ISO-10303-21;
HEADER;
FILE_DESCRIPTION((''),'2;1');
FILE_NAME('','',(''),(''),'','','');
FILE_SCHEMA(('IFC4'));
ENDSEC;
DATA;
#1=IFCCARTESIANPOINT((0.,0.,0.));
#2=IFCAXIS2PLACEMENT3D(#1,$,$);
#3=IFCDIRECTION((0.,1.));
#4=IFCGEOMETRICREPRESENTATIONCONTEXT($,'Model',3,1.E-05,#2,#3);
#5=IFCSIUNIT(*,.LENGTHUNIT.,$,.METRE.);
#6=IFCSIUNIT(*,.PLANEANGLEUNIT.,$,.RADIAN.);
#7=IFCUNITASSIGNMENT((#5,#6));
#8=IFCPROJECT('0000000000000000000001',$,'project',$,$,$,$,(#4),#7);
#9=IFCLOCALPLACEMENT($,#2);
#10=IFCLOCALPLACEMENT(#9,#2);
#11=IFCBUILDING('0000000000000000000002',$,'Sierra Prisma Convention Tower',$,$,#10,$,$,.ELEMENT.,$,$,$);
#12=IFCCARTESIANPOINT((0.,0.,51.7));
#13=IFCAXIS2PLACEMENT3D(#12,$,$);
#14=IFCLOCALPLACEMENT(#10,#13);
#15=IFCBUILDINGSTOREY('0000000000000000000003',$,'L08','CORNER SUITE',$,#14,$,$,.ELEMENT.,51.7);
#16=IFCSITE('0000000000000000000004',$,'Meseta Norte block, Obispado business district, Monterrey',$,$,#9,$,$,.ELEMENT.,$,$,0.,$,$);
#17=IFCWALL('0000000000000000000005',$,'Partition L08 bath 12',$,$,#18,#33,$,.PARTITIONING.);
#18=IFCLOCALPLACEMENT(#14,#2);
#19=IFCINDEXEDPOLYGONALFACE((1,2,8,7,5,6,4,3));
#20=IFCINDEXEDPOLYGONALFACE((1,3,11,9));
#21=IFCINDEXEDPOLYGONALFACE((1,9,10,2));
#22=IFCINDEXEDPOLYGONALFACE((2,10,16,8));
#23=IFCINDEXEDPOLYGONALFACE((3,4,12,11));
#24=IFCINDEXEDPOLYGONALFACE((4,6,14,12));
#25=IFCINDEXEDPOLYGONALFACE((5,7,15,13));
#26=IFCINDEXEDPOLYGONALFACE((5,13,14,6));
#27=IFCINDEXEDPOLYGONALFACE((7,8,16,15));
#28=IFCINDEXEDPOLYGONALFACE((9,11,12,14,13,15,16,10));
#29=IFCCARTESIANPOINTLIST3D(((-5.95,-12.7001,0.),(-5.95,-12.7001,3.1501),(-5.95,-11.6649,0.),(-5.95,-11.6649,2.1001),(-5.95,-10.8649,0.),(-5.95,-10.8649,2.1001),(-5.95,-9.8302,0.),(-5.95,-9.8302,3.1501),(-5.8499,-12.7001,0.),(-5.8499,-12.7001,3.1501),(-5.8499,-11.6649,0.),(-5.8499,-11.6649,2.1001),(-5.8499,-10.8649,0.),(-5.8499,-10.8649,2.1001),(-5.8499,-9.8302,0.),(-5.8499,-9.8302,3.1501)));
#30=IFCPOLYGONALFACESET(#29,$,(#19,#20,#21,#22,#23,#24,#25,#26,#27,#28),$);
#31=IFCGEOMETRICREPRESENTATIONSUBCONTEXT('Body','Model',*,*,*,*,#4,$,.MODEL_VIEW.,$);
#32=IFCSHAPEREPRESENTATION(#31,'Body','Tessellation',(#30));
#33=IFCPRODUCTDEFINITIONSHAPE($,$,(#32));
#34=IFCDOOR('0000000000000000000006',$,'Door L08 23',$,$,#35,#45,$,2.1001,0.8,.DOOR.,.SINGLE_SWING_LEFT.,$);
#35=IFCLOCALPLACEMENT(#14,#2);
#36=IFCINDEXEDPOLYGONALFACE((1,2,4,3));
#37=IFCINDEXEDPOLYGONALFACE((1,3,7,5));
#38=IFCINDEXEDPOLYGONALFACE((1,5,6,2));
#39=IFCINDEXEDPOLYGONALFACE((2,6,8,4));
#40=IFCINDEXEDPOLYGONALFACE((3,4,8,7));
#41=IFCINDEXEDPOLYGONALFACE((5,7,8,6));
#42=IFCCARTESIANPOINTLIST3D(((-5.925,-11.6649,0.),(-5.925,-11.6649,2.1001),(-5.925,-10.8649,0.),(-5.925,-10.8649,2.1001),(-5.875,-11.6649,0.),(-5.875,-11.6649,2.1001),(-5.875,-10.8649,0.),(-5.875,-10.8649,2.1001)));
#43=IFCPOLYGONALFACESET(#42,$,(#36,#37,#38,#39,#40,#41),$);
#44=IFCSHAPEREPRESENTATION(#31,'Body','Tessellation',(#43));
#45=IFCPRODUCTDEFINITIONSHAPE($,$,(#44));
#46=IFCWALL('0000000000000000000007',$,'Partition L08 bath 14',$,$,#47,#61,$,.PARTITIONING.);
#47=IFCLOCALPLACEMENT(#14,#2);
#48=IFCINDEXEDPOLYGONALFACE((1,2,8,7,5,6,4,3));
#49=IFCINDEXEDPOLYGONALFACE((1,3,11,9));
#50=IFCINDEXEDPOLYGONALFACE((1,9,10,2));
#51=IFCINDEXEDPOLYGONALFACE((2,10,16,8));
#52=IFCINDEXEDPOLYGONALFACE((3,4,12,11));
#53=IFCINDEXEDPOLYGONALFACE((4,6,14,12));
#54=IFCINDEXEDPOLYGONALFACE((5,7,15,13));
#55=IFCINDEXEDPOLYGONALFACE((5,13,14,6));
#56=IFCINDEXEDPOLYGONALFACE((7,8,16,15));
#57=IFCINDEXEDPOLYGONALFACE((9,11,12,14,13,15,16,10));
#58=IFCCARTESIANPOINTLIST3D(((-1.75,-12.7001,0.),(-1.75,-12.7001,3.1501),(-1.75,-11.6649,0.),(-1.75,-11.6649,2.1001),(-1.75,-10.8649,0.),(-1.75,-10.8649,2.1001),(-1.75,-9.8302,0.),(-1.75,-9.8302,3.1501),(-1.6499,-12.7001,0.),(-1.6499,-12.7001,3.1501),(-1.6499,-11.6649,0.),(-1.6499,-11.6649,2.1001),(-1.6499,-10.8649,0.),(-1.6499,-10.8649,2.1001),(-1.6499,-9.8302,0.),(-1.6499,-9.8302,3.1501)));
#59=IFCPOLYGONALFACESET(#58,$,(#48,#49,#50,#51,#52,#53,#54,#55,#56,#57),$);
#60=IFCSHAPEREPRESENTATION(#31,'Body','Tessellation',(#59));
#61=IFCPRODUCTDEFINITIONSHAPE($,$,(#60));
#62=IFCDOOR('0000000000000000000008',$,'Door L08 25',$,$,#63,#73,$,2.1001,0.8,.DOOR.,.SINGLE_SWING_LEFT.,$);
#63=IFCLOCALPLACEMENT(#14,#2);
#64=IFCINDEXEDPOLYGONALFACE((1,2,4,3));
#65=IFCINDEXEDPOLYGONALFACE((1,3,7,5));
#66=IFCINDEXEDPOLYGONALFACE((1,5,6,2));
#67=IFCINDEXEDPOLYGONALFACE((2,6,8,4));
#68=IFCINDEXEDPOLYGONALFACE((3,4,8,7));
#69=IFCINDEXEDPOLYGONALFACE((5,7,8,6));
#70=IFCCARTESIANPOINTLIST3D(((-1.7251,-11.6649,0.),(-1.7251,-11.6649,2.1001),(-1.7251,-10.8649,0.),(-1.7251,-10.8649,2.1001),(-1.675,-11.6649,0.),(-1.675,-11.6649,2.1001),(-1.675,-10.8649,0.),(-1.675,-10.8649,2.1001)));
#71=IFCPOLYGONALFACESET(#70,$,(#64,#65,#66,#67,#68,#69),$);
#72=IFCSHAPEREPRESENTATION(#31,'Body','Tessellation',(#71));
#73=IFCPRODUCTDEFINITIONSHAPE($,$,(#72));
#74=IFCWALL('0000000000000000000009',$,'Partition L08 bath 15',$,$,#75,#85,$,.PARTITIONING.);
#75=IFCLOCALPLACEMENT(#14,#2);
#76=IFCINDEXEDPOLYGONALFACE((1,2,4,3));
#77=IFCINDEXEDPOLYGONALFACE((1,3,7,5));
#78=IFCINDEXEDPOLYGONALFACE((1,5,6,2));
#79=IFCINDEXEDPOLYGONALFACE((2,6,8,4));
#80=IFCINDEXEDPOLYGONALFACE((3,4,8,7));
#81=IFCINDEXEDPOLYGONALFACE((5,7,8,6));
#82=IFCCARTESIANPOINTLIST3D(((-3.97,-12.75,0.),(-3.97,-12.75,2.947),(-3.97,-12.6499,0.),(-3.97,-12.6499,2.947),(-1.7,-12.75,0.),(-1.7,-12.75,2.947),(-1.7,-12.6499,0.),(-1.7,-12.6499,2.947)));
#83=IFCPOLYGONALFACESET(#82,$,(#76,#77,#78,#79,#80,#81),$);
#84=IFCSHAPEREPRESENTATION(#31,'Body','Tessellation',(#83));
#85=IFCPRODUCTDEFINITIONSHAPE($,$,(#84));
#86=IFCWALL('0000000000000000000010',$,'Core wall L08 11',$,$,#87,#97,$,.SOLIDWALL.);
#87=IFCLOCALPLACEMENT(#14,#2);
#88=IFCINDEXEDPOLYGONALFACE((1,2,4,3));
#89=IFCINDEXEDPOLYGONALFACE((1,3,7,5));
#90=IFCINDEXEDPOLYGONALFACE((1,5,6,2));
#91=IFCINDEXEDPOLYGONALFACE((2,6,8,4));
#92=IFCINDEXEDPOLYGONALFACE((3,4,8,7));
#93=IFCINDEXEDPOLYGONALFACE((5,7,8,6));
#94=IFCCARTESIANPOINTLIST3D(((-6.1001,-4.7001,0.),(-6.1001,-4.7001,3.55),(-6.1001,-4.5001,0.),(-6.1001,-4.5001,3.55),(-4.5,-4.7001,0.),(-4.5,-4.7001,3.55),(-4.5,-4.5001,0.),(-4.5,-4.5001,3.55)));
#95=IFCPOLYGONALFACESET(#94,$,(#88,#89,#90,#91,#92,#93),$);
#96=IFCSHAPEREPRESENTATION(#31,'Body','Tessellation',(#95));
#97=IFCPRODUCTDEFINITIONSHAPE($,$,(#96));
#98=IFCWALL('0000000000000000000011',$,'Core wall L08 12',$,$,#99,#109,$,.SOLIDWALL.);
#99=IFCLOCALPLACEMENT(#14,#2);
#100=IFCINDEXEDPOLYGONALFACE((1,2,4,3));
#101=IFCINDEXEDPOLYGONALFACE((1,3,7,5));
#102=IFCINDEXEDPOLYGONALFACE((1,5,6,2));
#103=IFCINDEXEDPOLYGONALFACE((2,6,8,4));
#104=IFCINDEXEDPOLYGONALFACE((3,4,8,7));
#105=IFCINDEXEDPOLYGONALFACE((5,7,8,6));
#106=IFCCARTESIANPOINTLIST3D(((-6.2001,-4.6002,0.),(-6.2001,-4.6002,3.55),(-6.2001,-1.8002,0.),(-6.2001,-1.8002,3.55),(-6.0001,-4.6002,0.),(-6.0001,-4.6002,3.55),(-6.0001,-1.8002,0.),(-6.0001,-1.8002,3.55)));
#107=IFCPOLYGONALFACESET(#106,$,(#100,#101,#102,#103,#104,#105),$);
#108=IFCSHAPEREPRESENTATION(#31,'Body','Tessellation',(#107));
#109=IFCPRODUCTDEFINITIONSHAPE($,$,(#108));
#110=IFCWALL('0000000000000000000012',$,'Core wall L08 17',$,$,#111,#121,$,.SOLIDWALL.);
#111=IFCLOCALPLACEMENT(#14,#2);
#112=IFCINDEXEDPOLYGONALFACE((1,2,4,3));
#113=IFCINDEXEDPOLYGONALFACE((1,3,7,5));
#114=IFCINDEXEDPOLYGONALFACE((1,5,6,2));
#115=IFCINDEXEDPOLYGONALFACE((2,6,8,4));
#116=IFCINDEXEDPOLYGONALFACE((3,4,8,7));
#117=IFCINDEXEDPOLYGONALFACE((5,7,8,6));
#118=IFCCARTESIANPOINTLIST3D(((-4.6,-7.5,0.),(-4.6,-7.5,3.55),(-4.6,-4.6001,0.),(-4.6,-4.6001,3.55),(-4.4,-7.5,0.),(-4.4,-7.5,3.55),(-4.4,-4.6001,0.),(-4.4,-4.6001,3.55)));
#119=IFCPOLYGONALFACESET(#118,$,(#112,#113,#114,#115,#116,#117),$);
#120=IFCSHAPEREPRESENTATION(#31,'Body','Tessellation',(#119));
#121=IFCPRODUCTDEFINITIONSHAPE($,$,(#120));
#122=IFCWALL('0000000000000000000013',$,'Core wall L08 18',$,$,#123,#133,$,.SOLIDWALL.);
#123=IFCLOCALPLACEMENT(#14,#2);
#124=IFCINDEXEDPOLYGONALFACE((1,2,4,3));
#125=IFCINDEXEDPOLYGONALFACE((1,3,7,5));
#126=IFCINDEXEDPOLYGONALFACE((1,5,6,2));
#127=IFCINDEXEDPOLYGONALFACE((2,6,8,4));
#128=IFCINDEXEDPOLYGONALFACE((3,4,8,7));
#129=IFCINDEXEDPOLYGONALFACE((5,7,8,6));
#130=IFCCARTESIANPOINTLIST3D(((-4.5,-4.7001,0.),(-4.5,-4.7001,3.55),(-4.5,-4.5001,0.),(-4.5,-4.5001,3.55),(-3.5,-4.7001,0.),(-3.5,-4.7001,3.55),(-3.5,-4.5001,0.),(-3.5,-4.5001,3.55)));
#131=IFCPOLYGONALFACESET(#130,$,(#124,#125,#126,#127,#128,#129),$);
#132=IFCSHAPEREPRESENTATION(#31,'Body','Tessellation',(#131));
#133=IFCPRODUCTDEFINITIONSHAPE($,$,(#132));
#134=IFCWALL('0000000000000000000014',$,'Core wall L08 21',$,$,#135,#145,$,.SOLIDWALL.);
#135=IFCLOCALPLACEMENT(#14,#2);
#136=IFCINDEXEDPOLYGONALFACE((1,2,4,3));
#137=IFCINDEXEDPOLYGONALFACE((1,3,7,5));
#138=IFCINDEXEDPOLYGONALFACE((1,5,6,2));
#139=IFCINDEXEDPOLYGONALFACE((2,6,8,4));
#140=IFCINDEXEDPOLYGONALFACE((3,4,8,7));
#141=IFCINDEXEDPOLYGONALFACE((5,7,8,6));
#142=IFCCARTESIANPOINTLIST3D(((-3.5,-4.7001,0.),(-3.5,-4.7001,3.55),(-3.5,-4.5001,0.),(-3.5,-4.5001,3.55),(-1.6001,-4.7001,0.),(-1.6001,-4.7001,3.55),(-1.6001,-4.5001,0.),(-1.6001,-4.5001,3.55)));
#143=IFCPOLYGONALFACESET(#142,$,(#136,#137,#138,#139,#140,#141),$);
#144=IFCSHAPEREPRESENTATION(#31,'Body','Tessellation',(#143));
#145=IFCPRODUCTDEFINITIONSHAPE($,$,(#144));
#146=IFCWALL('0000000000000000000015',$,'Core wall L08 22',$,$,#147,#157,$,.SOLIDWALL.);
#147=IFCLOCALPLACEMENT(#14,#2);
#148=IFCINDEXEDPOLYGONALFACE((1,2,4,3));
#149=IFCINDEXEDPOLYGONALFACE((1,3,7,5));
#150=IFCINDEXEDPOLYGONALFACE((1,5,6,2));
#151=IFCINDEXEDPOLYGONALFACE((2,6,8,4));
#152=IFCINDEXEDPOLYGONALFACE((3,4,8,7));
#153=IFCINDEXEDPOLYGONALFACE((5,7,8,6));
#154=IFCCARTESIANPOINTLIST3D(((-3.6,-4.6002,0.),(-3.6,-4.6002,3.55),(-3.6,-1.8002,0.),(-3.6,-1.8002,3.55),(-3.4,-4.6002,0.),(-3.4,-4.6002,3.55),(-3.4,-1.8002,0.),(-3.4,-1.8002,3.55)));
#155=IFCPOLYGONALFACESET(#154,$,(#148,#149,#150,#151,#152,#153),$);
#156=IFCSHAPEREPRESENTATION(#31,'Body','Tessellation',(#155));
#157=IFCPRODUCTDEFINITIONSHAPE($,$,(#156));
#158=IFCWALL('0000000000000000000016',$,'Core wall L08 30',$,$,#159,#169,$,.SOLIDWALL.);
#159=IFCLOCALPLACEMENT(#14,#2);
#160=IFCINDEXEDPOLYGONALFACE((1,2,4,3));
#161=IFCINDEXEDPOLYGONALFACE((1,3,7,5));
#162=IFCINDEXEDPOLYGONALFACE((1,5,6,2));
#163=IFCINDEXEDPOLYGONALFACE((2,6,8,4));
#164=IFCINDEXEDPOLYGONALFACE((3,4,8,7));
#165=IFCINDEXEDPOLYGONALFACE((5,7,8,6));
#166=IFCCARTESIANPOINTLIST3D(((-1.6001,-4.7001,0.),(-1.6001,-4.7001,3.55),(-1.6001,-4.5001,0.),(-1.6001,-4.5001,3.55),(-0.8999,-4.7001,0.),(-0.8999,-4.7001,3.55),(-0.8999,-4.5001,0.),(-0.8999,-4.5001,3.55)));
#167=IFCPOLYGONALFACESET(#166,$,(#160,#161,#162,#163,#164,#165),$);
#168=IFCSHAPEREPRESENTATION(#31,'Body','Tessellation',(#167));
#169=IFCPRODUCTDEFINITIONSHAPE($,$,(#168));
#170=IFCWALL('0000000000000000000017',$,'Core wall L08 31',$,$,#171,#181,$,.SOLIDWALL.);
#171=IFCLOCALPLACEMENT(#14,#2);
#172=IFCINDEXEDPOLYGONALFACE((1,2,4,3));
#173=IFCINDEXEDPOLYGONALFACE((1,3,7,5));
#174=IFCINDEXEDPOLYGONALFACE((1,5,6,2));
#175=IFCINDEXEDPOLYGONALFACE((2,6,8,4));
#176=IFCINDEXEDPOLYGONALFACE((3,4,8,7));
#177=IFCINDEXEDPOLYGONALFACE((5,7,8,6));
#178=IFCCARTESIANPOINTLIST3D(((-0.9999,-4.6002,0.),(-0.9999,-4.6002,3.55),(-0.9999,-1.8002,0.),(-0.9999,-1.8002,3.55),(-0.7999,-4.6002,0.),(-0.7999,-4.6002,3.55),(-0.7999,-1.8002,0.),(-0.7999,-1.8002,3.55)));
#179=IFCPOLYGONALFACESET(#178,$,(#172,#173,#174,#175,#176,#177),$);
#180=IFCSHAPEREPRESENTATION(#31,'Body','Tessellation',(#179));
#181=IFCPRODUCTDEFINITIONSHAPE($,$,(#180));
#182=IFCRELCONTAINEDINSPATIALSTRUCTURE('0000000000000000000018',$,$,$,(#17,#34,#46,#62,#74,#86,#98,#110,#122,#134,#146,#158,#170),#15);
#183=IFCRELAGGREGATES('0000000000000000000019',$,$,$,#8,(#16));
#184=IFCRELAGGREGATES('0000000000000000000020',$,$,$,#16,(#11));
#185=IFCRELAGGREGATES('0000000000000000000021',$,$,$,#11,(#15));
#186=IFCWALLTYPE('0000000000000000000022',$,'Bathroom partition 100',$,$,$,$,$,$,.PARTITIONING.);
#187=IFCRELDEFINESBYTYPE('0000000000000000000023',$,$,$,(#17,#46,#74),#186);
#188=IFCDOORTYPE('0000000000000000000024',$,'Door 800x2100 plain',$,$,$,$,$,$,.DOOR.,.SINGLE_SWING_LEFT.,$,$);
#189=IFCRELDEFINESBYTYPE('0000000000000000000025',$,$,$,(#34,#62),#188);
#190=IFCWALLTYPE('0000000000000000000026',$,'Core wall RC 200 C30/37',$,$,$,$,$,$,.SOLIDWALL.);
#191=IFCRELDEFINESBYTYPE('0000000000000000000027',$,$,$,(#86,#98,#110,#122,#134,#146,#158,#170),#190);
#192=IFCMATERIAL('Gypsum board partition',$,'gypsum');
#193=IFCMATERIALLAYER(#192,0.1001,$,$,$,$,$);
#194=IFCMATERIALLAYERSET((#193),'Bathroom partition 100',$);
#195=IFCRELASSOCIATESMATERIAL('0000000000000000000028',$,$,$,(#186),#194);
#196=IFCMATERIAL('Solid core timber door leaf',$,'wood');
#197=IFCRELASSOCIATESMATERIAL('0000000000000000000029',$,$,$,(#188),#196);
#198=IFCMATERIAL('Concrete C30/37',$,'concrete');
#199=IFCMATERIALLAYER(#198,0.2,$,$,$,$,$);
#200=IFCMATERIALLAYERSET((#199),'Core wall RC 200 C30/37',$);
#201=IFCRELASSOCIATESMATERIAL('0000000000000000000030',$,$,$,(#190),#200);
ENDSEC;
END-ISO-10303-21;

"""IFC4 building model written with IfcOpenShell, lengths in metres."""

from ifc_helpers import new_model, si_unit, direction, frame, frame_2d, origin, place, context, subcontext, project, spatial, rectangle, extrude, material, layer, layer_set, type_object, element, fill, save


model = new_model("IFC4")

# Units and contexts
model_context = context("Model", 3, precision=1e-05, world=origin(), true_north=direction((0.0, 1.0)))
body_context = subcontext(model_context, "Body", "Model", "MODEL_VIEW")
ifc_project = project(units=[si_unit("LENGTHUNIT", "METRE"), si_unit("PLANEANGLEUNIT", "RADIAN")], contexts=[model_context])

# Site, building, storey
site_placement = place(None, origin())
site = spatial("IfcSite", under=ifc_project, at=site_placement, Name="Meseta Norte block, Obispado business district, Monterrey", CompositionType="ELEMENT", RefElevation=0.0)
building_placement = place(site_placement, origin())
building = spatial("IfcBuilding", under=site, at=building_placement, Name="Sierra Prisma Convention Tower", CompositionType="ELEMENT")
storey_placement = place(building_placement, frame((0.0, 0.0, 51.7)))
storey = spatial("IfcBuildingStorey", under=building, at=storey_placement, Name="L08", Description="CORNER SUITE", CompositionType="ELEMENT", Elevation=51.7)

# Walls, openings, doors
ifc_material_1 = material(Name="Gypsum board partition", Category="gypsum")
ifc_layer_1 = layer(ifc_material_1, 0.1001)
ifc_layer_set_1 = layer_set([ifc_layer_1], Name="Bathroom partition 100")
wall_type_1 = type_object("IfcWallType", Name="Bathroom partition 100", PredefinedType="PARTITIONING", material=ifc_layer_set_1)
wall_1_placement = place(storey_placement, frame((-5.8999, -9.8301, 0.0), z_axis=(0.0, 0.0, 1.0), x_axis=(0.0, -1.0, 0.0)))
wall_1 = element("IfcWall", 1, at=wall_1_placement, inside=storey, type_object=wall_type_1, Name="Partition L08 bath 12", PredefinedType="PARTITIONING", context=body_context, shape_type="SweptSolid", body=[
    extrude(rectangle(XDim=2.8699, YDim=0.1001, at=frame_2d((1.4351, 0.0))), origin(), (0.0, 0.0, 1.0), 3.1501),
])
opening_1_placement = place(wall_1_placement, frame((1.0349, 0.0, 0.0)))
opening_1 = element("IfcOpeningElement", 2, at=opening_1_placement, cuts=wall_1, PredefinedType="OPENING", context=body_context, shape_type="SweptSolid", body=[
    extrude(rectangle(XDim=0.8, YDim=2.1001, at=frame_2d((0.3999, 1.05))), frame((0.0, 0.05, 0.0), z_axis=(0.0, -1.0, 0.0), x_axis=(1.0, 0.0, 0.0)), (0.0, 0.0, 1.0), 0.1001),
])
ifc_material_2 = material(Name="Solid core timber door leaf", Category="wood")
door_type_1 = type_object("IfcDoorType", Name="Door 800x2100 plain", OperationType="SINGLE_SWING_LEFT", PredefinedType="DOOR", material=ifc_material_2)
door_1_placement = place(opening_1_placement, origin())
door_1 = element("IfcDoor", 3, at=door_1_placement, inside=storey, type_object=door_type_1, Name="Door L08 23", OperationType="SINGLE_SWING_LEFT", OverallHeight=2.1001, OverallWidth=0.8, PredefinedType="DOOR", context=body_context, shape_type="SweptSolid", body=[
    extrude(rectangle(XDim=0.8, YDim=2.1001, at=frame_2d((0.3999, 1.05))), frame((0.0, 0.0249, 0.0), z_axis=(0.0, -1.0, 0.0), x_axis=(1.0, 0.0, 0.0)), (0.0, 0.0, 1.0), 0.05),
])
fill(opening_1, door_1)
wall_2_placement = place(storey_placement, frame((-1.7, -9.8301, 0.0), z_axis=(0.0, 0.0, 1.0), x_axis=(0.0, -1.0, 0.0)))
wall_2 = element("IfcWall", 4, at=wall_2_placement, inside=storey, type_object=wall_type_1, Name="Partition L08 bath 14", PredefinedType="PARTITIONING", context=body_context, shape_type="SweptSolid", body=[
    extrude(rectangle(XDim=2.8699, YDim=0.1001, at=frame_2d((1.4351, 0.0))), origin(), (0.0, 0.0, 1.0), 3.1501),
])
opening_2_placement = place(wall_2_placement, frame((1.0349, 0.0, 0.0)))
opening_2 = element("IfcOpeningElement", 5, at=opening_2_placement, cuts=wall_2, PredefinedType="OPENING", context=body_context, shape_type="SweptSolid", body=[
    extrude(rectangle(XDim=0.8, YDim=2.1001, at=frame_2d((0.3999, 1.05))), frame((0.0, 0.05, 0.0), z_axis=(0.0, -1.0, 0.0), x_axis=(1.0, 0.0, 0.0)), (0.0, 0.0, 1.0), 0.1001),
])
door_2_placement = place(opening_2_placement, origin())
door_2 = element("IfcDoor", 6, at=door_2_placement, inside=storey, type_object=door_type_1, Name="Door L08 25", OperationType="SINGLE_SWING_LEFT", OverallHeight=2.1001, OverallWidth=0.8, PredefinedType="DOOR", context=body_context, shape_type="SweptSolid", body=[
    extrude(rectangle(XDim=0.8, YDim=2.1001, at=frame_2d((0.3999, 1.05))), frame((0.0, 0.0249, 0.0), z_axis=(0.0, -1.0, 0.0), x_axis=(1.0, 0.0, 0.0)), (0.0, 0.0, 1.0), 0.05),
])
fill(opening_2, door_2)

# Walls
wall_3_placement = place(storey_placement, frame((-1.7, -12.7, 0.0), z_axis=(0.0, 0.0, 1.0), x_axis=(-1.0, 0.0, 0.0)))
element("IfcWall", 7, at=wall_3_placement, inside=storey, type_object=wall_type_1, Name="Partition L08 bath 15", PredefinedType="PARTITIONING", context=body_context, shape_type="SweptSolid", body=[
    extrude(rectangle(XDim=2.27, YDim=0.1001, at=frame_2d((1.135, 0.0))), origin(), (0.0, 0.0, 1.0), 2.947),
])
ifc_material_3 = material(Name="Concrete C30/37", Category="concrete")
ifc_layer_2 = layer(ifc_material_3, 0.2)
ifc_layer_set_2 = layer_set([ifc_layer_2], Name="Core wall RC 200 C30/37")
wall_type_2 = type_object("IfcWallType", Name="Core wall RC 200 C30/37", PredefinedType="SOLIDWALL", material=ifc_layer_set_2)
wall_4_placement = place(storey_placement, frame((-6.1001, -4.6001, 0.0), z_axis=(0.0, 0.0, 1.0), x_axis=(1.0, 0.0, 0.0)))
element("IfcWall", 8, at=wall_4_placement, inside=storey, type_object=wall_type_2, Name="Core wall L08 11", PredefinedType="SOLIDWALL", context=body_context, shape_type="SweptSolid", body=[
    extrude(rectangle(XDim=1.6001, YDim=0.2, at=frame_2d((0.8, 0.0))), origin(), (0.0, 0.0, 1.0), 3.55),
])
wall_5_placement = place(storey_placement, frame((-6.1001, -4.6001, 0.0), z_axis=(0.0, 0.0, 1.0), x_axis=(0.0, 1.0, 0.0)))
element("IfcWall", 9, at=wall_5_placement, inside=storey, type_object=wall_type_2, Name="Core wall L08 12", PredefinedType="SOLIDWALL", context=body_context, shape_type="SweptSolid", body=[
    extrude(rectangle(XDim=2.8, YDim=0.2, at=frame_2d((1.3999, 0.0))), origin(), (0.0, 0.0, 1.0), 3.55),
])

# Walls
wall_6_placement = place(storey_placement, frame((-4.5, -4.6001, 0.0), z_axis=(0.0, 0.0, 1.0), x_axis=(0.0, -1.0, 0.0)))
element("IfcWall", 10, at=wall_6_placement, inside=storey, type_object=wall_type_2, Name="Core wall L08 17", PredefinedType="SOLIDWALL", context=body_context, shape_type="SweptSolid", body=[
    extrude(rectangle(XDim=2.8999, YDim=0.2, at=frame_2d((1.45, 0.0))), origin(), (0.0, 0.0, 1.0), 3.55),
])
wall_7_placement = place(storey_placement, frame((-4.5, -4.6001, 0.0), z_axis=(0.0, 0.0, 1.0), x_axis=(1.0, 0.0, 0.0)))
element("IfcWall", 11, at=wall_7_placement, inside=storey, type_object=wall_type_2, Name="Core wall L08 18", PredefinedType="SOLIDWALL", context=body_context, shape_type="SweptSolid", body=[
    extrude(rectangle(XDim=1.0, YDim=0.2, at=frame_2d((0.5, 0.0))), origin(), (0.0, 0.0, 1.0), 3.55),
])
wall_8_placement = place(storey_placement, frame((-3.5, -4.6001, 0.0), z_axis=(0.0, 0.0, 1.0), x_axis=(1.0, 0.0, 0.0)))
element("IfcWall", 12, at=wall_8_placement, inside=storey, type_object=wall_type_2, Name="Core wall L08 21", PredefinedType="SOLIDWALL", context=body_context, shape_type="SweptSolid", body=[
    extrude(rectangle(XDim=1.8999, YDim=0.2, at=frame_2d((0.95, 0.0))), origin(), (0.0, 0.0, 1.0), 3.55),
])
wall_9_placement = place(storey_placement, frame((-3.5, -4.6001, 0.0), z_axis=(0.0, 0.0, 1.0), x_axis=(0.0, 1.0, 0.0)))
element("IfcWall", 13, at=wall_9_placement, inside=storey, type_object=wall_type_2, Name="Core wall L08 22", PredefinedType="SOLIDWALL", context=body_context, shape_type="SweptSolid", body=[
    extrude(rectangle(XDim=2.8, YDim=0.2, at=frame_2d((1.3999, 0.0))), origin(), (0.0, 0.0, 1.0), 3.55),
])

# Walls
wall_10_placement = place(storey_placement, frame((-1.6001, -4.6001, 0.0), z_axis=(0.0, 0.0, 1.0), x_axis=(1.0, 0.0, 0.0)))
element("IfcWall", 14, at=wall_10_placement, inside=storey, type_object=wall_type_2, Name="Core wall L08 30", PredefinedType="SOLIDWALL", context=body_context, shape_type="SweptSolid", body=[
    extrude(rectangle(XDim=0.7002, YDim=0.2, at=frame_2d((0.3501, 0.0))), origin(), (0.0, 0.0, 1.0), 3.55),
])
wall_11_placement = place(storey_placement, frame((-0.8999, -4.6001, 0.0), z_axis=(0.0, 0.0, 1.0), x_axis=(0.0, 1.0, 0.0)))
element("IfcWall", 15, at=wall_11_placement, inside=storey, type_object=wall_type_2, Name="Core wall L08 31", PredefinedType="SOLIDWALL", context=body_context, shape_type="SweptSolid", body=[
    extrude(rectangle(XDim=2.8, YDim=0.2, at=frame_2d((1.3999, 0.0))), origin(), (0.0, 0.0, 1.0), 3.55),
])

save(model, "model.ifc")
